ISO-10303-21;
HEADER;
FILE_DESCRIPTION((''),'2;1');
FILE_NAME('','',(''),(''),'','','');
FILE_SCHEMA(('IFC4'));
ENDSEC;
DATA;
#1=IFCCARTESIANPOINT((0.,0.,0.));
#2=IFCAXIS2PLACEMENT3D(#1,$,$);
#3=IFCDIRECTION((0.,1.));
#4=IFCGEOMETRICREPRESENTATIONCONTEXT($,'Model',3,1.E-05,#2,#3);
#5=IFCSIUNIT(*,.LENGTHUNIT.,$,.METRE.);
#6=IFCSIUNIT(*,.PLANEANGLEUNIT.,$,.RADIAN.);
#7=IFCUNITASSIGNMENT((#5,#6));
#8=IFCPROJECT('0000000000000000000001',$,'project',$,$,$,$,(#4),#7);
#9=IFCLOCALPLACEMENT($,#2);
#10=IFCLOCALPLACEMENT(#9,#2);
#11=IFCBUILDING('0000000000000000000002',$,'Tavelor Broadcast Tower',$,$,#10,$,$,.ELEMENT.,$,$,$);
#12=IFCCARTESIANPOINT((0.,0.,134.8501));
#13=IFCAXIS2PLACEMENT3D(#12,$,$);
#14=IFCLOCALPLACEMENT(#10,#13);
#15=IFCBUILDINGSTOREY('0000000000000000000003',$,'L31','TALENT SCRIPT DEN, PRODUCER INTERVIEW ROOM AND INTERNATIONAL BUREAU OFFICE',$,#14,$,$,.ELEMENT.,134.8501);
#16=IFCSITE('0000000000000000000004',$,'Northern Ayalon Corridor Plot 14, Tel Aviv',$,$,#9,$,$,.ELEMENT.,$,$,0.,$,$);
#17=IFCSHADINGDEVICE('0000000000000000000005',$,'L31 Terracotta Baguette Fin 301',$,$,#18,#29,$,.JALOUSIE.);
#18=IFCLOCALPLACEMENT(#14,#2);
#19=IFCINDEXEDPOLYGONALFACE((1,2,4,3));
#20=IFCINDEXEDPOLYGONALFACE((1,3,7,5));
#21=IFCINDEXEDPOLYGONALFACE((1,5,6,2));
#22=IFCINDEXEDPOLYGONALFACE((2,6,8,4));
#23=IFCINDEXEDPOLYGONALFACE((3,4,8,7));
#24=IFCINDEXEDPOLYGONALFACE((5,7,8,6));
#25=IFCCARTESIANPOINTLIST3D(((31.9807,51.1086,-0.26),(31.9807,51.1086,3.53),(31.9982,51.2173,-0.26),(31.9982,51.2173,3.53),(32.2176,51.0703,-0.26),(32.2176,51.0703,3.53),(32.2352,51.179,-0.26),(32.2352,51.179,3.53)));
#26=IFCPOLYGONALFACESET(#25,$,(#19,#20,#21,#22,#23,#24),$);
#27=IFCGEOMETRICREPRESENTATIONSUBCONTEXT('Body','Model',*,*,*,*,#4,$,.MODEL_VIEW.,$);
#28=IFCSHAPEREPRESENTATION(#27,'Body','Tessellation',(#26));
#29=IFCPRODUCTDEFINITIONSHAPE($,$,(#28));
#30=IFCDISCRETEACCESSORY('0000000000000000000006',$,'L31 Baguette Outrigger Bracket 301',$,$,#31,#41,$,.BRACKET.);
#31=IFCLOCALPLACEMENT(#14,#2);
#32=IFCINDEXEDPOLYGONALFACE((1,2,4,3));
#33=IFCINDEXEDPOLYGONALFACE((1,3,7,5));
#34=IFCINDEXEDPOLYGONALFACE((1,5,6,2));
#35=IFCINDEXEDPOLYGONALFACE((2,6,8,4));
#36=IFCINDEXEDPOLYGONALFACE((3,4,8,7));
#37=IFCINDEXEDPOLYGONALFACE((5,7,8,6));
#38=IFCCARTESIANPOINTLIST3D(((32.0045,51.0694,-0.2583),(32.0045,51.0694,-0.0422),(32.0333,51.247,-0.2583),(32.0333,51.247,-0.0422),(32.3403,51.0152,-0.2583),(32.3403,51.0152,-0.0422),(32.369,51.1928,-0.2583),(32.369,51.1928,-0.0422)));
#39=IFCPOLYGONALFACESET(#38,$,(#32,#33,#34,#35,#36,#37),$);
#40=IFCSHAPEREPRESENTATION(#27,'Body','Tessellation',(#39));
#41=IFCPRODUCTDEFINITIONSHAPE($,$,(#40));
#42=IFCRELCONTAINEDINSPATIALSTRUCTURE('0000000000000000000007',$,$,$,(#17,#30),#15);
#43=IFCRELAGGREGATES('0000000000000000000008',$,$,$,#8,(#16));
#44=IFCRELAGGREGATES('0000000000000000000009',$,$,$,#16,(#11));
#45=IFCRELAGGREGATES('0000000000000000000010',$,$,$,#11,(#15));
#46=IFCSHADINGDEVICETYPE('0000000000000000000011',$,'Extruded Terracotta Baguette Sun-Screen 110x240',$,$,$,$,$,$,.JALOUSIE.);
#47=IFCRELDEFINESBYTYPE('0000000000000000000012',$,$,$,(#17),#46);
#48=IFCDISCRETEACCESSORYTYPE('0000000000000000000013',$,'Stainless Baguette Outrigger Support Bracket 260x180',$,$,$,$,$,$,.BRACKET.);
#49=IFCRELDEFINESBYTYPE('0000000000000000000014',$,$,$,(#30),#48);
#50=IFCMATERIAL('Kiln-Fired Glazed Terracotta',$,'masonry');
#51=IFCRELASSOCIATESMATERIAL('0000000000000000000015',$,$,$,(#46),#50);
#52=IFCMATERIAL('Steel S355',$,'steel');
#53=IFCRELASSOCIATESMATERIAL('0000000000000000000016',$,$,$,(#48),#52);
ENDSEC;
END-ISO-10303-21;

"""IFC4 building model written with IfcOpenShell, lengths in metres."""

from ifc_helpers import new_model, si_unit, direction, frame, origin, origin_2d, place, context, subcontext, project, spatial, rectangle, extrude, source, transform, mapped, material, type_object, type_shapes, element, save


model = new_model("IFC4")

# Units and contexts
model_context = context("Model", 3, precision=1e-05, world=origin(), true_north=direction((0.0, 1.0)))
body_context = subcontext(model_context, "Body", "Model", "MODEL_VIEW")
ifc_project = project(units=[si_unit("LENGTHUNIT", "METRE"), si_unit("PLANEANGLEUNIT", "RADIAN")], contexts=[model_context])

# Site, building, storey
site_placement = place(None, origin())
site = spatial("IfcSite", under=ifc_project, at=site_placement, Name="Northern Ayalon Corridor Plot 14, Tel Aviv", CompositionType="ELEMENT", RefElevation=0.0)
building_placement = place(site_placement, origin())
building = spatial("IfcBuilding", under=site, at=building_placement, Name="Tavelor Broadcast Tower", CompositionType="ELEMENT")
storey_placement = place(building_placement, frame((0.0, 0.0, 134.8501)))
storey = spatial("IfcBuildingStorey", under=building, at=storey_placement, Name="L31", Description="TALENT SCRIPT DEN, PRODUCER INTERVIEW ROOM AND INTERNATIONAL BUREAU OFFICE", CompositionType="ELEMENT", Elevation=134.8501)

# Shared definitions
ifc_material_1 = material(Name="Steel S355", Category="steel")

# Shading device
ifc_material_2 = material(Name="Kiln-Fired Glazed Terracotta", Category="masonry")
shading_device_type = type_object("IfcShadingDeviceType", Name="Extruded Terracotta Baguette Sun-Screen 110x240", PredefinedType="JALOUSIE", material=ifc_material_2)
shared_shape_1 = source(origin(), body_context, "Body", "SweptSolid", [
    extrude(rectangle(XDim=0.1101, YDim=0.24, at=origin_2d()), origin(), (0.0, 0.0, 1.0), 3.79),
])
type_shapes(shading_device_type, [shared_shape_1])
shading_device_placement = place(storey_placement, frame((32.1079, 51.1438, -0.26), z_axis=(0.0, 0.0, 1.0), x_axis=(-0.159537, -0.987192, 0.0)))
element("IfcShadingDevice", 1, at=shading_device_placement, inside=storey, type_object=shading_device_type, Name="L31 Terracotta Baguette Fin 301", PredefinedType="JALOUSIE", context=body_context, shape_type="MappedRepresentation", body=[
    mapped(shared_shape_1, transform((0.0, 0.0, 0.0), scale=1.0)),
])

# Discrete accessory
discrete_accessory_type = type_object("IfcDiscreteAccessoryType", Name="Stainless Baguette Outrigger Support Bracket 260x180", PredefinedType="BRACKET", material=ifc_material_1)
shared_shape_2 = source(origin(), body_context, "Body", "SweptSolid", [
    extrude(rectangle(XDim=0.1799, YDim=0.3401, at=origin_2d()), origin(), (0.0, 0.0, 1.0), 0.2161),
])
type_shapes(discrete_accessory_type, [shared_shape_2])
discrete_accessory_placement = place(storey_placement, frame((32.1868, 51.1311, -0.2583), z_axis=(0.0, 0.0, 1.0), x_axis=(-0.159537, -0.987192, 0.0)))
element("IfcDiscreteAccessory", 2, at=discrete_accessory_placement, inside=storey, type_object=discrete_accessory_type, Name="L31 Baguette Outrigger Bracket 301", PredefinedType="BRACKET", context=body_context, shape_type="MappedRepresentation", body=[
    mapped(shared_shape_2, transform((0.0, 0.0, 0.0), scale=1.0)),
])

save(model, "model.ifc")
